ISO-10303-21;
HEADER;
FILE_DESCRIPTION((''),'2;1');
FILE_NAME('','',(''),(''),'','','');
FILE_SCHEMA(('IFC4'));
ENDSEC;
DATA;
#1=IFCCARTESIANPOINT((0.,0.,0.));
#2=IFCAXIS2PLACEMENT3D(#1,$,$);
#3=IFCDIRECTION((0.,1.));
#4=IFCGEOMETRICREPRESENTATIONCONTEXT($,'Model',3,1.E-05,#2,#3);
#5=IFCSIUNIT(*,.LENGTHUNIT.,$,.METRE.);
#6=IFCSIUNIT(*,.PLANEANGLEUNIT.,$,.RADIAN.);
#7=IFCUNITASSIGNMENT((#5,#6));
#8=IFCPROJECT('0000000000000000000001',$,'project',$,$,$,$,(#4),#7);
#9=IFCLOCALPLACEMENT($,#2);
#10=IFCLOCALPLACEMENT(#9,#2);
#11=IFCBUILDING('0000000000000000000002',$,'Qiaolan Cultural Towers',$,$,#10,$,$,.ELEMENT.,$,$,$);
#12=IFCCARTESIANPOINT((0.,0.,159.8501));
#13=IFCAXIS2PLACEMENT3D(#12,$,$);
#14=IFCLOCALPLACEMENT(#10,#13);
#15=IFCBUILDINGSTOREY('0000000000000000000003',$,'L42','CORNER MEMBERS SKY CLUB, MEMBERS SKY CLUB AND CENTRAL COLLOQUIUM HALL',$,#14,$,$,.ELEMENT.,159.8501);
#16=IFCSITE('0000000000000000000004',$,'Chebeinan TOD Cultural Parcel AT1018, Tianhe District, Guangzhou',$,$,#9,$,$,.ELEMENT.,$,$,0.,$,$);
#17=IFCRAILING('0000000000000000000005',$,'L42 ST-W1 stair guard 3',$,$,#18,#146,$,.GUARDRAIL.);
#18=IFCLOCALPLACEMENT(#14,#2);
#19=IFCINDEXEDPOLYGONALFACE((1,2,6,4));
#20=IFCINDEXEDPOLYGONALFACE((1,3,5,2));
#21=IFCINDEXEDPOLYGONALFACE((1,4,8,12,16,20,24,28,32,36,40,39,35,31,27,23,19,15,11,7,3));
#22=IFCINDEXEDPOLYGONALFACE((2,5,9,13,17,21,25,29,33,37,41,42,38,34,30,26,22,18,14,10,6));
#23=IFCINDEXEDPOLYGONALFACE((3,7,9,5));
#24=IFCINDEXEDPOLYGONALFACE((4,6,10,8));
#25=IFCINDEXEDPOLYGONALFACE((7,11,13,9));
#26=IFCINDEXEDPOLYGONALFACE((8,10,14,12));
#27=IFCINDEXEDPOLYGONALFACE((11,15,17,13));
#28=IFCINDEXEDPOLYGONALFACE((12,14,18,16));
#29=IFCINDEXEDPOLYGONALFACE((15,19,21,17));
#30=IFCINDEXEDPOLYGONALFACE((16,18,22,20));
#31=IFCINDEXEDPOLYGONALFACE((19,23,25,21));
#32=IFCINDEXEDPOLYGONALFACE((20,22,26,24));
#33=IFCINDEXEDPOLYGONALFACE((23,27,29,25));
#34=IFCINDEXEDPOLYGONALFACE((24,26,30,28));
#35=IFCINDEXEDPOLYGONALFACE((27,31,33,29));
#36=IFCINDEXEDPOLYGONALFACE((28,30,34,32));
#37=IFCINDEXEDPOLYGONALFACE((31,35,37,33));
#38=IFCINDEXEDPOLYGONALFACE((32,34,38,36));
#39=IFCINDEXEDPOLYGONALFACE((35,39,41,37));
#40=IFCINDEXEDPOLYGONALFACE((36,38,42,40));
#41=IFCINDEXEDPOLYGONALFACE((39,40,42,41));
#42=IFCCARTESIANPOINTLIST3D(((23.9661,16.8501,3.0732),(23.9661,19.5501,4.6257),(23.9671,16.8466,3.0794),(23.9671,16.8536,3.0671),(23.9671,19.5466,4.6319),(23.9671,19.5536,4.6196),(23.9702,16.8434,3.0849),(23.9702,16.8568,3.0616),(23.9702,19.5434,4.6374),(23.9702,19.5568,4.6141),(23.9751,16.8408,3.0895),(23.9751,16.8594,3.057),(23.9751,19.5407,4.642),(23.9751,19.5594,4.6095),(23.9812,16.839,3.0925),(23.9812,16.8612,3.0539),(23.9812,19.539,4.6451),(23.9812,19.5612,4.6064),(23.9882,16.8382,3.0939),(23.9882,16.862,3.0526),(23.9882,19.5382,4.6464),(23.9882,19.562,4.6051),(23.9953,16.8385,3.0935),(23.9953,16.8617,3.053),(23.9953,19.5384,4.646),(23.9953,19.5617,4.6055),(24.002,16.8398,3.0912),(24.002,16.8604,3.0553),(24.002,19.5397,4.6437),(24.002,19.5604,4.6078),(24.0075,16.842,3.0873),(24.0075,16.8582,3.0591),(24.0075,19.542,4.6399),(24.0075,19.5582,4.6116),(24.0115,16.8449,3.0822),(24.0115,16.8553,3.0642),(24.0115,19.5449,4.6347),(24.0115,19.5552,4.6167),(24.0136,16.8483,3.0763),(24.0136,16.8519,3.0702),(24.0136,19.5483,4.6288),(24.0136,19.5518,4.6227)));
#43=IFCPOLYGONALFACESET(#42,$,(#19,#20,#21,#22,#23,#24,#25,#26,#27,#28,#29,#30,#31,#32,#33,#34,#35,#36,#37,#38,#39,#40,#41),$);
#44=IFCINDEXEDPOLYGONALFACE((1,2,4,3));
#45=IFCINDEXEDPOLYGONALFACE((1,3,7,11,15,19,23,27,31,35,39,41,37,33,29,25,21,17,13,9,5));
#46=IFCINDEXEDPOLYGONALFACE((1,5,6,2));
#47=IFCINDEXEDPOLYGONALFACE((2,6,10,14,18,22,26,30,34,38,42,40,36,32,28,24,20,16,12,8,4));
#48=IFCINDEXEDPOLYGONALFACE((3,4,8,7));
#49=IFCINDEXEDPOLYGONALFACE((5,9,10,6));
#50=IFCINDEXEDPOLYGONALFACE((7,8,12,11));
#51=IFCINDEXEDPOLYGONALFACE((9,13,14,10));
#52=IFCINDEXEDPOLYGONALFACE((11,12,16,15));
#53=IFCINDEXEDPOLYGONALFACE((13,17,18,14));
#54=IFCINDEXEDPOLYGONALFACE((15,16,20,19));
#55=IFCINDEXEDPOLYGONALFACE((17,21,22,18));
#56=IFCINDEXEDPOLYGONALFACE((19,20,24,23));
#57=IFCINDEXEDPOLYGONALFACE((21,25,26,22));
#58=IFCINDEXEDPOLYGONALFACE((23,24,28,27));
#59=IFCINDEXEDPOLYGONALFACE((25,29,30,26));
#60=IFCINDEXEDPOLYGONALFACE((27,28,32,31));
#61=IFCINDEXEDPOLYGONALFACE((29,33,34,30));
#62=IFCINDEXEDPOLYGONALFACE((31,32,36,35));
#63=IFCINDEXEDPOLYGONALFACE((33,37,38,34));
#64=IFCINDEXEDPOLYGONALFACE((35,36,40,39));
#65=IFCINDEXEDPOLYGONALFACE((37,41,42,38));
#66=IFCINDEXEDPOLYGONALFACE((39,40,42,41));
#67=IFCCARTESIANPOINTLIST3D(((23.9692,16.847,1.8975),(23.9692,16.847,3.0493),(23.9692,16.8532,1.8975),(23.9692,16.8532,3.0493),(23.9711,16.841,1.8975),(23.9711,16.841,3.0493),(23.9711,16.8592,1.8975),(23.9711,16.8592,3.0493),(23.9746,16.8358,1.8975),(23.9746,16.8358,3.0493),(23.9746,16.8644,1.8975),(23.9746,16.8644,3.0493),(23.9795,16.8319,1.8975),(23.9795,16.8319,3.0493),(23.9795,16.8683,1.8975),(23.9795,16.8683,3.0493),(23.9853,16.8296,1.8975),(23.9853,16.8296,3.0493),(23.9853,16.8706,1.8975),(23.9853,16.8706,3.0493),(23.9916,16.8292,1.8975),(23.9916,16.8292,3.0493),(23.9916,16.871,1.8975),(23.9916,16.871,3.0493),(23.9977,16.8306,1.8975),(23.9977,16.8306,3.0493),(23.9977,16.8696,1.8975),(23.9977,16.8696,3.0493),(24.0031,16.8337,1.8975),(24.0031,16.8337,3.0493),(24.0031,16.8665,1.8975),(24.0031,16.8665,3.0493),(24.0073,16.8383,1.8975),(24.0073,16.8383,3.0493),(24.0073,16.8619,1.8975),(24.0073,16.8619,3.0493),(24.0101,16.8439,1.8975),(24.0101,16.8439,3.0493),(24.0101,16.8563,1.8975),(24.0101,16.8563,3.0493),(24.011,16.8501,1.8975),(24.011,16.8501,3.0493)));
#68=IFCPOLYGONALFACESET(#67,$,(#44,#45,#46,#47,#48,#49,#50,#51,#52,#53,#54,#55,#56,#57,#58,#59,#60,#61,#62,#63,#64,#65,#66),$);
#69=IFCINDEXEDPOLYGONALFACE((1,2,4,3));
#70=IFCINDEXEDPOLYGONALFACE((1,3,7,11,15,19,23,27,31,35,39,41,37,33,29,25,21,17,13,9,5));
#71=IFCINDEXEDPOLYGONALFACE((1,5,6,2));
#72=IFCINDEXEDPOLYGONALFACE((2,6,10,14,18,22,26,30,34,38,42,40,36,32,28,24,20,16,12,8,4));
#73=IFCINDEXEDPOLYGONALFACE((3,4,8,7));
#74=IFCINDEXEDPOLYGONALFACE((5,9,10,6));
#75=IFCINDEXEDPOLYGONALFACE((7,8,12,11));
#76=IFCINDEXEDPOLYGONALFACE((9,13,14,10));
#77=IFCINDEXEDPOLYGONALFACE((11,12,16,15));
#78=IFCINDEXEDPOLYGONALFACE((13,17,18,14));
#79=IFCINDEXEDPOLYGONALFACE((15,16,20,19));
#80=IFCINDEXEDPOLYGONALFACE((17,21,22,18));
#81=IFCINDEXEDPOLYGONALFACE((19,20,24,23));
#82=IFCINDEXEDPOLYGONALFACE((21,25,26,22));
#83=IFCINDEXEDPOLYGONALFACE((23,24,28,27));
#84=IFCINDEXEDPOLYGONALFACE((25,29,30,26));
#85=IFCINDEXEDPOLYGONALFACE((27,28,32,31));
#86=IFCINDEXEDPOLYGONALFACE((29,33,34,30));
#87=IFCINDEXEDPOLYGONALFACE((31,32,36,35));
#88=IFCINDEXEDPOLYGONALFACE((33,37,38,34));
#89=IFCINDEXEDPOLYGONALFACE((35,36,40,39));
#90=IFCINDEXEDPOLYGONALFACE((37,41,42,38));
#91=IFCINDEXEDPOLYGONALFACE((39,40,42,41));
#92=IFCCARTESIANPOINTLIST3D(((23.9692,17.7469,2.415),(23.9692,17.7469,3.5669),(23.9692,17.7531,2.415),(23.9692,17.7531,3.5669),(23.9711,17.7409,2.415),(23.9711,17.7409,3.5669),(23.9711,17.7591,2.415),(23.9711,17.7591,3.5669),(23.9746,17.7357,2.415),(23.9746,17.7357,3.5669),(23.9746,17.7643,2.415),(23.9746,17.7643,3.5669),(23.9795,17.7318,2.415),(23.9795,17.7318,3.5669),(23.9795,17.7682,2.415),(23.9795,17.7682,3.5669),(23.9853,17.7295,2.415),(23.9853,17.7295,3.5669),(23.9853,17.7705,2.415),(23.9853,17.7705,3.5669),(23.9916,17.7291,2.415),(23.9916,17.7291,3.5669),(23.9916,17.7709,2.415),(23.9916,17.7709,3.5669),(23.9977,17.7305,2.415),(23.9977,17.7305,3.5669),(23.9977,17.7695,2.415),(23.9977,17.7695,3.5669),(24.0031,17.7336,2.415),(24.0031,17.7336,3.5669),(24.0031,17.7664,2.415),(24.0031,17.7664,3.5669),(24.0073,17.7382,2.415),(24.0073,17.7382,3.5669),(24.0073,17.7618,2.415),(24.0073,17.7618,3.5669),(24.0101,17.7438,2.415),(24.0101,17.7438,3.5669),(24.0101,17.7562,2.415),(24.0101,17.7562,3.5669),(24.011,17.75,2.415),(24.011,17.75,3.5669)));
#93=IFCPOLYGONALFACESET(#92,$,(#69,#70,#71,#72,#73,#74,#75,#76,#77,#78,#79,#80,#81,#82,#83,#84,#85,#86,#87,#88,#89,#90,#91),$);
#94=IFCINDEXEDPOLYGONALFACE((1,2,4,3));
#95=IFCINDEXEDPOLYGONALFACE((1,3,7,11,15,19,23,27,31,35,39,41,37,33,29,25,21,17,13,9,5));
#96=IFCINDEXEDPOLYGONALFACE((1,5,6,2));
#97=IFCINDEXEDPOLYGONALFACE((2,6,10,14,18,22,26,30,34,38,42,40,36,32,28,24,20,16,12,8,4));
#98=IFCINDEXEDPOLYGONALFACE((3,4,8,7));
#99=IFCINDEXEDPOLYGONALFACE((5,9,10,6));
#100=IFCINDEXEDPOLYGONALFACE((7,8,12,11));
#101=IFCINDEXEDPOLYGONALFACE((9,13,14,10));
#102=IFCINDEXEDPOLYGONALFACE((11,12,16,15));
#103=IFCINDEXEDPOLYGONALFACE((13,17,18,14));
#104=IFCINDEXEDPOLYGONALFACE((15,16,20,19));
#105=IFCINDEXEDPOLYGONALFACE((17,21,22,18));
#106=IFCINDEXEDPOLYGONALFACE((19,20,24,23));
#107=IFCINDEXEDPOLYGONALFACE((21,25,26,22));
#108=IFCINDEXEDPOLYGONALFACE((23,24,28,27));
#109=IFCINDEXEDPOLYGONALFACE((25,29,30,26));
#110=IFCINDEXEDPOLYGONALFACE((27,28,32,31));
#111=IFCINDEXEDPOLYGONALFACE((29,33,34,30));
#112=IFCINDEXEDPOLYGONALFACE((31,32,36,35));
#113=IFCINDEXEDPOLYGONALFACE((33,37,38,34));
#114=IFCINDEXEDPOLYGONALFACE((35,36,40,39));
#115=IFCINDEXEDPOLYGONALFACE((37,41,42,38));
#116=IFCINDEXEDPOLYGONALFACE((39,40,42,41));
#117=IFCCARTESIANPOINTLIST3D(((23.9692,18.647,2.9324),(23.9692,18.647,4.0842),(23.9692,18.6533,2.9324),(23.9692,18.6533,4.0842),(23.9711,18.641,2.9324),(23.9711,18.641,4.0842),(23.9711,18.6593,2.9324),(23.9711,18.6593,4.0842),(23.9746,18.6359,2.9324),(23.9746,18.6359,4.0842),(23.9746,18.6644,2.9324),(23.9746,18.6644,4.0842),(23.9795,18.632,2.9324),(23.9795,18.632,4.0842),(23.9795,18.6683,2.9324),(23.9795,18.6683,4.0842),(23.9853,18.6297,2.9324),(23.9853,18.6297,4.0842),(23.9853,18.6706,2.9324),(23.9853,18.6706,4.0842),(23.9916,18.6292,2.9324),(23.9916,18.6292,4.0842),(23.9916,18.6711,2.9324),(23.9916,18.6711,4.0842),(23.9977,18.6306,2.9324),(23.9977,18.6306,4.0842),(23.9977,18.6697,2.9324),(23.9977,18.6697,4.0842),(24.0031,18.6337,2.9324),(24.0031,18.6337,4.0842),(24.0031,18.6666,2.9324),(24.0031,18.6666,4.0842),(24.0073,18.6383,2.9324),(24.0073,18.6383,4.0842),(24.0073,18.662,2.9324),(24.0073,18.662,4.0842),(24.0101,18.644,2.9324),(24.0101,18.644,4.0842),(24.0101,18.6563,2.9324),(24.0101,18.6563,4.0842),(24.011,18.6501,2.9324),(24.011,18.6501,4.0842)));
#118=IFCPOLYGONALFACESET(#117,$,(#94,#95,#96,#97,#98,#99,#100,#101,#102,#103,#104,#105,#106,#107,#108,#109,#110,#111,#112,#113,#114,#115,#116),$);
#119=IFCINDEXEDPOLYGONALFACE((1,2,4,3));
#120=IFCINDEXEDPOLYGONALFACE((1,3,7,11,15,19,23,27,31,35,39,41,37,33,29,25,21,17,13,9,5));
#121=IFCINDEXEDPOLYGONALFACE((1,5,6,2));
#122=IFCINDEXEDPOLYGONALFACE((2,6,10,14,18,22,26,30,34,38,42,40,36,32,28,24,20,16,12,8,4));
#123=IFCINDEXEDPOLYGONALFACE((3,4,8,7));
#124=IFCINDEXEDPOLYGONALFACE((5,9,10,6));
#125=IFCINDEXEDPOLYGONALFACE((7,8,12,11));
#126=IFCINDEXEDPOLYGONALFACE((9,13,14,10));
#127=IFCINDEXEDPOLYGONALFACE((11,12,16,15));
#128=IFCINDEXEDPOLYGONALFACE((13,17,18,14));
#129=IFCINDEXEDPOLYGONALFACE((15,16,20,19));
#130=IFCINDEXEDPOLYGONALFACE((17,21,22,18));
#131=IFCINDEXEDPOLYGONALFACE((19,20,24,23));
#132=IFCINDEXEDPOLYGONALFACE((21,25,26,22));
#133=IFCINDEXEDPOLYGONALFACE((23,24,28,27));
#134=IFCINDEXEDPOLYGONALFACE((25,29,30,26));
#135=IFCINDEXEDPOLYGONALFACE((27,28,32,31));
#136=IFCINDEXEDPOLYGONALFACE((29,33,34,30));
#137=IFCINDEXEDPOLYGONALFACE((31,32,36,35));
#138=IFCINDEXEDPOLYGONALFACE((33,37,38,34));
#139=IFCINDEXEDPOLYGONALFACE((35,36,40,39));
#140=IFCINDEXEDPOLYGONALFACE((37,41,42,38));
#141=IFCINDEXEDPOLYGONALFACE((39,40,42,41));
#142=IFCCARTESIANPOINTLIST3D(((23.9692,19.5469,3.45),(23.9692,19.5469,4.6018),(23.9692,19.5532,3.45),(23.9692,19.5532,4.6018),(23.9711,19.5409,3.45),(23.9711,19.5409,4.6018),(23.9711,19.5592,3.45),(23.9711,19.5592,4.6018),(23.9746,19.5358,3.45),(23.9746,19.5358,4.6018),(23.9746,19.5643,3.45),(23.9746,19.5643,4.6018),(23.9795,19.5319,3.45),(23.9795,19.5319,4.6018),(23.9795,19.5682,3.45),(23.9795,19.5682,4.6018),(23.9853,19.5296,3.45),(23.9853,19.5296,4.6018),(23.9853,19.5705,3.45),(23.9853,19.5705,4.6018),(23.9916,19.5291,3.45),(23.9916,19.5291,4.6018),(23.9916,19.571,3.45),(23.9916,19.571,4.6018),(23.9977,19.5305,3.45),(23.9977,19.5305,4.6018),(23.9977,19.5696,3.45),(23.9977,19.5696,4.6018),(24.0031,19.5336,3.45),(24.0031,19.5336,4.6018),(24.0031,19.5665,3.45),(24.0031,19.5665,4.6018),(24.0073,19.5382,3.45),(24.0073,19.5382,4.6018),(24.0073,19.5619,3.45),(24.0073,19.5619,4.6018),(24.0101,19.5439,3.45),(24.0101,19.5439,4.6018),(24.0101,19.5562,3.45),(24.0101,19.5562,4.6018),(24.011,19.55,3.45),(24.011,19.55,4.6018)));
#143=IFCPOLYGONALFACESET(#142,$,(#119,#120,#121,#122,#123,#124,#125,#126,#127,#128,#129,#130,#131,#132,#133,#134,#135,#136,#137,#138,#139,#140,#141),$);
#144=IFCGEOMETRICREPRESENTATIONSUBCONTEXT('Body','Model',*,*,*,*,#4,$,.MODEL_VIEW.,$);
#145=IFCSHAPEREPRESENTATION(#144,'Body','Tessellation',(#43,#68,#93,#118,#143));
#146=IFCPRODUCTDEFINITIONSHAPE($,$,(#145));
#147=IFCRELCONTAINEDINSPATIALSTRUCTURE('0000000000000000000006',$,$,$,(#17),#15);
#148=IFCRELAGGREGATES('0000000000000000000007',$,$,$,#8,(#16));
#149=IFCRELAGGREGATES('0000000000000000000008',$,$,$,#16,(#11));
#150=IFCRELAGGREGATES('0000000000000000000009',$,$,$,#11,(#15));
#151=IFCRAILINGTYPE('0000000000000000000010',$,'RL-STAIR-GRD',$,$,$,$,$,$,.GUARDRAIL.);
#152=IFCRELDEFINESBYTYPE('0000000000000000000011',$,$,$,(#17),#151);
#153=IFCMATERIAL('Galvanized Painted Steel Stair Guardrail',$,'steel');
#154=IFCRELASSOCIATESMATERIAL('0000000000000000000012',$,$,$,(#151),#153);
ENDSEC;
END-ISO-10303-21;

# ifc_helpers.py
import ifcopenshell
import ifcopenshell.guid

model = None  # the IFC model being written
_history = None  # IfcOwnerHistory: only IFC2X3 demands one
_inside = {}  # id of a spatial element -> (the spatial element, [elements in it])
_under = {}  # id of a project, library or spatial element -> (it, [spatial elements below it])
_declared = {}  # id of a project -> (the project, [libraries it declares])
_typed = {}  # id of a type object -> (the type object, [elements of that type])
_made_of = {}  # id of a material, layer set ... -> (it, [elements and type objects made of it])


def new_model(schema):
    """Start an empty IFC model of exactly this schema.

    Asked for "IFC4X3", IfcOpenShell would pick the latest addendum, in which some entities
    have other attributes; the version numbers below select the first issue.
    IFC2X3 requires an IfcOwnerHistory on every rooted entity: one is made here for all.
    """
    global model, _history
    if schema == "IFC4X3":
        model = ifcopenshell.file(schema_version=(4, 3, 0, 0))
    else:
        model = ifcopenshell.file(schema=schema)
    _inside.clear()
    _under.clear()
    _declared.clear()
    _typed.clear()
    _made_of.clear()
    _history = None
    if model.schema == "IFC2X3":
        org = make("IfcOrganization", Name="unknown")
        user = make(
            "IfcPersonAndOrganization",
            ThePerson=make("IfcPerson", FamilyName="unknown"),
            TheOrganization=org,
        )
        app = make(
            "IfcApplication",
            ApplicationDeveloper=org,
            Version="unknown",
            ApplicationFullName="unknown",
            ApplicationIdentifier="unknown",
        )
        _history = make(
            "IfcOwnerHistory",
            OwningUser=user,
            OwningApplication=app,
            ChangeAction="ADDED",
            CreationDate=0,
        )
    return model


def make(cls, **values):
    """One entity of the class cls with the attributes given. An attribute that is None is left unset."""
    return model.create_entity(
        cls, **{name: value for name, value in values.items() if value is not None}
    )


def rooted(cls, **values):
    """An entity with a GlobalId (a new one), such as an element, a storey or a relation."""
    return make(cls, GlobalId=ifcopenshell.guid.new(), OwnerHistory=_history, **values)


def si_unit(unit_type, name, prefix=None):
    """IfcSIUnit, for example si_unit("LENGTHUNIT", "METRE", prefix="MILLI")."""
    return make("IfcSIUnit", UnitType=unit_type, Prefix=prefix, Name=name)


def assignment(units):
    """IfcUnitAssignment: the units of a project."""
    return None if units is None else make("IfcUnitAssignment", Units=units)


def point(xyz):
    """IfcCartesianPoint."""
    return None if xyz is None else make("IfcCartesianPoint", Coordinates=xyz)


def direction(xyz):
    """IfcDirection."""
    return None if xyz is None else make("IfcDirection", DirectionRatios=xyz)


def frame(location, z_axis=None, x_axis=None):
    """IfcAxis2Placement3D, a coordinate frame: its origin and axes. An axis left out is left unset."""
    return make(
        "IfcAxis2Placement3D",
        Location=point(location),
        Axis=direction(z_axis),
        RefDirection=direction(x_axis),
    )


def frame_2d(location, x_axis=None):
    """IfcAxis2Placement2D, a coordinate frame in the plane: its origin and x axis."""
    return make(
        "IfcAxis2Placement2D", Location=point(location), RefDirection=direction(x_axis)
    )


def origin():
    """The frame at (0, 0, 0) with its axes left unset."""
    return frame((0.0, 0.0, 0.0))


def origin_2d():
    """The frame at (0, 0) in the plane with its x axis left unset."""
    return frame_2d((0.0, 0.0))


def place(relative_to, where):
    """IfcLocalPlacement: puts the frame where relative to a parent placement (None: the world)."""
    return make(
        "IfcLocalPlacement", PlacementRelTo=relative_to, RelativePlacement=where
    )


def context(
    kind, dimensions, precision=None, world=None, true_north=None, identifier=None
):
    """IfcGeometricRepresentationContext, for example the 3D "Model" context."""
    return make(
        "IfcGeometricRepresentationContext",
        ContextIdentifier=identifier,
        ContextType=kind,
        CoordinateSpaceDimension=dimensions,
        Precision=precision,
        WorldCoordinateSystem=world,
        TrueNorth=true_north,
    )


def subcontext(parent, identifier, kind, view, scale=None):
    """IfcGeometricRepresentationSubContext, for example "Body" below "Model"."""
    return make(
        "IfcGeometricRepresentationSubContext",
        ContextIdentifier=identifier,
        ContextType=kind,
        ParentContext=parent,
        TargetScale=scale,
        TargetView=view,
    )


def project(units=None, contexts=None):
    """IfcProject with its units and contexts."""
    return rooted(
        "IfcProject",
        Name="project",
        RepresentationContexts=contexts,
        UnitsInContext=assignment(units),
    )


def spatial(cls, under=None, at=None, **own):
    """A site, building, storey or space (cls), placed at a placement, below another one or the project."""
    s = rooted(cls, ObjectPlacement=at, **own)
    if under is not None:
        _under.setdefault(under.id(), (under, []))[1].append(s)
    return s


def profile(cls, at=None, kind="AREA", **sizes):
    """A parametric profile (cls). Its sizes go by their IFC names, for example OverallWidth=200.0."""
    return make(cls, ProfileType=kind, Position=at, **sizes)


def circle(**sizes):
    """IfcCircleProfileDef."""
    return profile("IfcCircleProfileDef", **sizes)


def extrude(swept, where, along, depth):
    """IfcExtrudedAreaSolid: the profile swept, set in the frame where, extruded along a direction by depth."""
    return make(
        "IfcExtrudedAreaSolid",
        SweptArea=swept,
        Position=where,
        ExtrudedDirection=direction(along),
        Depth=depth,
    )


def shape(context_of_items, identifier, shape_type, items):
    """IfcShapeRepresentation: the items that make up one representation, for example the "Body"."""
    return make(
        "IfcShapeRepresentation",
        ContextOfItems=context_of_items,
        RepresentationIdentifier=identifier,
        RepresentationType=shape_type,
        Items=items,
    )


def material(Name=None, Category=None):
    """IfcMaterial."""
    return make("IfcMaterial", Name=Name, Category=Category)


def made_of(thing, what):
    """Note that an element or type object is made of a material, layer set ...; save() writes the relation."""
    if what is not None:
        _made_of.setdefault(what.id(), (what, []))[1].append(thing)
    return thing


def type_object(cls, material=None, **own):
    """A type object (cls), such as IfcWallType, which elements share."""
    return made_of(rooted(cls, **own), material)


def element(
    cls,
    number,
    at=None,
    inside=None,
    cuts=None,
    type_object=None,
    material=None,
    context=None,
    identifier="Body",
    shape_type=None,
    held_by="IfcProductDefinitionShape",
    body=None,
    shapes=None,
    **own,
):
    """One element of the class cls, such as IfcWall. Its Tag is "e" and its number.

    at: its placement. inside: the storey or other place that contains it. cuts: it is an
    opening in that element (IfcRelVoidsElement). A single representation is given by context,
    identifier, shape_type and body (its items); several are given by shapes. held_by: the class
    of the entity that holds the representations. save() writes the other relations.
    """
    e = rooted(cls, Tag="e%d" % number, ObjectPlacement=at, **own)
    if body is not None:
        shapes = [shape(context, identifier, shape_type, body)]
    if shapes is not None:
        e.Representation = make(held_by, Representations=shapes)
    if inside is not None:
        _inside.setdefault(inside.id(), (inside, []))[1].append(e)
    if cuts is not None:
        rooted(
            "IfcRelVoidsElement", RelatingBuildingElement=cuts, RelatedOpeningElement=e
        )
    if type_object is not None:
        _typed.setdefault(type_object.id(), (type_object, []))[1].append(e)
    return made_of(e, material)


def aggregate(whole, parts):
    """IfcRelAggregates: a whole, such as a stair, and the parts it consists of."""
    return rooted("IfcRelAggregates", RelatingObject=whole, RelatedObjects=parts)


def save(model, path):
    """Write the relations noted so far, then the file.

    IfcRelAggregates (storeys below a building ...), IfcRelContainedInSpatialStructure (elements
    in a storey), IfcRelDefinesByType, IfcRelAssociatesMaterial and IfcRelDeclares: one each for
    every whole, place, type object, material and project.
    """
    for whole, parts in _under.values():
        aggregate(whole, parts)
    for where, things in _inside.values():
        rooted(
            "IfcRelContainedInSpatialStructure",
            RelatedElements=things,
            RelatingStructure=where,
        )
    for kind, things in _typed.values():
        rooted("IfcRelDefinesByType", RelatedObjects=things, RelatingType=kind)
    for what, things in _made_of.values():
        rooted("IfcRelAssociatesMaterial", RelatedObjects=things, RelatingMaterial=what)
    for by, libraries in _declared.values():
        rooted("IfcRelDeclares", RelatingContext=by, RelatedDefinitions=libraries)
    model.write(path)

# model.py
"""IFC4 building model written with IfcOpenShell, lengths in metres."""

from ifc_helpers import new_model, si_unit, direction, frame, origin, origin_2d, place, context, subcontext, project, spatial, circle, extrude, material, type_object, element, save


model = new_model("IFC4")

# Units and contexts
model_context = context("Model", 3, precision=1e-05, world=origin(), true_north=direction((0.0, 1.0)))
body_context = subcontext(model_context, "Body", "Model", "MODEL_VIEW")
ifc_project = project(units=[si_unit("LENGTHUNIT", "METRE"), si_unit("PLANEANGLEUNIT", "RADIAN")], contexts=[model_context])

# Site, building, storey
site_placement = place(None, origin())
site = spatial("IfcSite", under=ifc_project, at=site_placement, Name="Chebeinan TOD Cultural Parcel AT1018, Tianhe District, Guangzhou", CompositionType="ELEMENT", RefElevation=0.0)
building_placement = place(site_placement, origin())
building = spatial("IfcBuilding", under=site, at=building_placement, Name="Qiaolan Cultural Towers", CompositionType="ELEMENT")
storey_placement = place(building_placement, frame((0.0, 0.0, 159.8501)))
storey = spatial("IfcBuildingStorey", under=building, at=storey_placement, Name="L42", Description="CORNER MEMBERS SKY CLUB, MEMBERS SKY CLUB AND CENTRAL COLLOQUIUM HALL", CompositionType="ELEMENT", Elevation=159.8501)

# Railing
ifc_material_1 = material(Name="Galvanized Painted Steel Stair Guardrail", Category="steel")
railing_type_1 = type_object("IfcRailingType", Name="RL-STAIR-GRD", PredefinedType="GUARDRAIL", material=ifc_material_1)
railing_1_placement = place(storey_placement, frame((23.99, 16.8501, 1.8975)))
element("IfcRailing", 1, at=railing_1_placement, inside=storey, type_object=railing_type_1, Name="L42 ST-W1 stair guard 3", PredefinedType="GUARDRAIL", context=body_context, shape_type="SweptSolid", body=[
    extrude(circle(Radius=0.0239, at=origin_2d()), frame((0.0, 0.0, 1.1758), z_axis=(0.0, 0.866904, 0.498476), x_axis=(-1.0, 0.0, 0.0)), (0.0, 0.0, 1.0), 3.1145),
    extrude(circle(Radius=0.021, at=origin_2d()), origin(), (0.0, 0.0, 1.0), 1.1519),
    extrude(circle(Radius=0.021, at=origin_2d()), frame((0.0, 0.8999, 0.5176)), (0.0, 0.0, 1.0), 1.1519),
    extrude(circle(Radius=0.021, at=origin_2d()), frame((0.0, 1.8, 1.0349)), (0.0, 0.0, 1.0), 1.1519),
    extrude(circle(Radius=0.021, at=origin_2d()), frame((0.0, 2.7, 1.5525)), (0.0, 0.0, 1.0), 1.1519),
])

save(model, "model.ifc")
